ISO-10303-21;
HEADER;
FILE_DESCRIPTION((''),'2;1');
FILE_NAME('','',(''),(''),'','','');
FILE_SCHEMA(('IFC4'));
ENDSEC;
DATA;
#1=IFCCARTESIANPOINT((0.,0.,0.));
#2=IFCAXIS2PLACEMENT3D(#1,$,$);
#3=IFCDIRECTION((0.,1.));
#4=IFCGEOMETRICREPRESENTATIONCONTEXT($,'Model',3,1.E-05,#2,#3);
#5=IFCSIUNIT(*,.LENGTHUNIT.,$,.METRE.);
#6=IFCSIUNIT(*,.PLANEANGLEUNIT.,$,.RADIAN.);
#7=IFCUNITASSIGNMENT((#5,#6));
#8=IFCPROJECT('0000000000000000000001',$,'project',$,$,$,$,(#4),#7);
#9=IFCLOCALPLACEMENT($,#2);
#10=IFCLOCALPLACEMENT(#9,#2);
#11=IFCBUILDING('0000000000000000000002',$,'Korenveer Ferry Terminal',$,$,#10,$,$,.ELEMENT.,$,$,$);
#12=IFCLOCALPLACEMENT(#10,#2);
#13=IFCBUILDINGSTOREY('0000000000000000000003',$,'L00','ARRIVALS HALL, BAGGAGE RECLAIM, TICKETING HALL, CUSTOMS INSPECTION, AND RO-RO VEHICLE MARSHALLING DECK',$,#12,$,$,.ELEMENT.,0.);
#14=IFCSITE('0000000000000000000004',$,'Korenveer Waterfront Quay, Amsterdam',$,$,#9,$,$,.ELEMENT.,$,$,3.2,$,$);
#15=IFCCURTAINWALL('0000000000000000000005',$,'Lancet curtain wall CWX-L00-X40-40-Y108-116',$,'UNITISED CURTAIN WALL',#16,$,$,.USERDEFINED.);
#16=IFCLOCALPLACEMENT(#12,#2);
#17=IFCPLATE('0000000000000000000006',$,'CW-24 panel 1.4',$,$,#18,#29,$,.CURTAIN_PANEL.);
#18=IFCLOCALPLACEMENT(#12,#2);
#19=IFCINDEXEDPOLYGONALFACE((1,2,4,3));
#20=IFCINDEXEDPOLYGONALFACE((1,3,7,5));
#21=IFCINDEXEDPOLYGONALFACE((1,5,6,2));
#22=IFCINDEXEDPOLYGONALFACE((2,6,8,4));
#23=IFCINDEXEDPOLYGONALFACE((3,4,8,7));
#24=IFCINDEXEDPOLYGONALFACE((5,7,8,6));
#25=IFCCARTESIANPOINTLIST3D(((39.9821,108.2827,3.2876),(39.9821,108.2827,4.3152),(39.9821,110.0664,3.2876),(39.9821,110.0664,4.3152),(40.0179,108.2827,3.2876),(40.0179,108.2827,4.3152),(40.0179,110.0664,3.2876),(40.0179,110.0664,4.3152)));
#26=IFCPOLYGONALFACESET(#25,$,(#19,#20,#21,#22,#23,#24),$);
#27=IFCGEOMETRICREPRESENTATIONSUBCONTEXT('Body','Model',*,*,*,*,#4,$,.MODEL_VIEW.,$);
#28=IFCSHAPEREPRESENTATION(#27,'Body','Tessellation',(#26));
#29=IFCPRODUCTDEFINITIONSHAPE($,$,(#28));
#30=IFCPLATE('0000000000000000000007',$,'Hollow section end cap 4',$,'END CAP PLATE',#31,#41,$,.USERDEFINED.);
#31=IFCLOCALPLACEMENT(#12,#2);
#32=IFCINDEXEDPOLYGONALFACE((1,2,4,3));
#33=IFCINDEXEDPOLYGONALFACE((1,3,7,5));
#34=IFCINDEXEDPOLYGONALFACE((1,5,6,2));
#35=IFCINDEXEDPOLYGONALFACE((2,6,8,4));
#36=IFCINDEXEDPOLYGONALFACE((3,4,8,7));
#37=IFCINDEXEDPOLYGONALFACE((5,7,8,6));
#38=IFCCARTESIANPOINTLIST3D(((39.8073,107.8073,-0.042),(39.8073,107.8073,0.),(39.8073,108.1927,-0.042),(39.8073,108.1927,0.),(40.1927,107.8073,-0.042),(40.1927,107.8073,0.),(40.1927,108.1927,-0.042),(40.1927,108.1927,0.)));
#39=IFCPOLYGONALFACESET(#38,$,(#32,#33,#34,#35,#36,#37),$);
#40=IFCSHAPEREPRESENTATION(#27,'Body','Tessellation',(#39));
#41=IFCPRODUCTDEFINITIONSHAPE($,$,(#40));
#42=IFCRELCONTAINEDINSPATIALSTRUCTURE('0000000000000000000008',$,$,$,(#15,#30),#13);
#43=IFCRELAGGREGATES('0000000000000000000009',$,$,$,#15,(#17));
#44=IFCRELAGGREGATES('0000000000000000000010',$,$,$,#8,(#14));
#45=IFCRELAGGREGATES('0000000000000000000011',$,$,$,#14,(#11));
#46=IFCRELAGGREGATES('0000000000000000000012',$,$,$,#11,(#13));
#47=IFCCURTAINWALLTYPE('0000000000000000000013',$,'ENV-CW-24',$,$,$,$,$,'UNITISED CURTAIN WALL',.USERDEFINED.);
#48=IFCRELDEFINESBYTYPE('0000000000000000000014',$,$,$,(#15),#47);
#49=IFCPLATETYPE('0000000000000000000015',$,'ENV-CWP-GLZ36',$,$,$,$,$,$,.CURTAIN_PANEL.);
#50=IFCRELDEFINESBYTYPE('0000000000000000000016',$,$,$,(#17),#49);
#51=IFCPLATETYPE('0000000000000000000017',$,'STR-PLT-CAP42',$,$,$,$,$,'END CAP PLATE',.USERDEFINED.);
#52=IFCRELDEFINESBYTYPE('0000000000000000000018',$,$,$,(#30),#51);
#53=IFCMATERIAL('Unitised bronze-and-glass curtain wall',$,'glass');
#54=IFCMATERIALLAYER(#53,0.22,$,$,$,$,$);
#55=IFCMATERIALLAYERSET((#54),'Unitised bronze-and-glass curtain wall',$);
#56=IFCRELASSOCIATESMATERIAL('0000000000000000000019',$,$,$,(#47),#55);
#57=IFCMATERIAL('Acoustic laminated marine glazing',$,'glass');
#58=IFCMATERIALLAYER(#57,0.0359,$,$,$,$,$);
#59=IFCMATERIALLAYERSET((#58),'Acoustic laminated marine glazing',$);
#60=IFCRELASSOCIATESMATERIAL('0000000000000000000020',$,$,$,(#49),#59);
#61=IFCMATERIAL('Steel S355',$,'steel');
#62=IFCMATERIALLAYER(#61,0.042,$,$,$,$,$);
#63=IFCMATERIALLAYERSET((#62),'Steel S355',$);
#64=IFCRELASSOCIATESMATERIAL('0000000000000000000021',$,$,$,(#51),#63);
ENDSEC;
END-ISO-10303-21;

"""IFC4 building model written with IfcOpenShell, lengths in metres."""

from ifc_helpers import new_model, si_unit, direction, frame, origin, origin_2d, place, context, subcontext, project, spatial, rectangle, extrude, material, layer, layer_set, type_object, element, aggregate, save


model = new_model("IFC4")

# Units and contexts
model_context = context("Model", 3, precision=1e-05, world=origin(), true_north=direction((0.0, 1.0)))
body_context = subcontext(model_context, "Body", "Model", "MODEL_VIEW")
ifc_project = project(units=[si_unit("LENGTHUNIT", "METRE"), si_unit("PLANEANGLEUNIT", "RADIAN")], contexts=[model_context])

# Site, building, storey
site_placement = place(None, origin())
site = spatial("IfcSite", under=ifc_project, at=site_placement, Name="Korenveer Waterfront Quay, Amsterdam", CompositionType="ELEMENT", RefElevation=3.2)
building_placement = place(site_placement, origin())
building = spatial("IfcBuilding", under=site, at=building_placement, Name="Korenveer Ferry Terminal", CompositionType="ELEMENT")
storey_placement = place(building_placement, origin())
storey = spatial("IfcBuildingStorey", under=building, at=storey_placement, Name="L00", Description="ARRIVALS HALL, BAGGAGE RECLAIM, TICKETING HALL, CUSTOMS INSPECTION, AND RO-RO VEHICLE MARSHALLING DECK", CompositionType="ELEMENT", Elevation=0.0)

# Shared definitions
ifc_material_1 = material(Name="Steel S355", Category="steel")

# Shared definitions
ifc_material_2 = material(Name="Unitised bronze-and-glass curtain wall", Category="glass")

# Curtain wall
ifc_layer_1 = layer(ifc_material_2, 0.22)
ifc_layer_set_1 = layer_set([ifc_layer_1], Name="Unitised bronze-and-glass curtain wall")
curtain_wall_type_1 = type_object("IfcCurtainWallType", Name="ENV-CW-24", ElementType="UNITISED CURTAIN WALL", PredefinedType="USERDEFINED", material=ifc_layer_set_1)
curtain_wall_1_placement = place(storey_placement, frame((40.0, 108.2078, 0.0)))
curtain_wall_1 = element("IfcCurtainWall", 1, at=curtain_wall_1_placement, inside=storey, type_object=curtain_wall_type_1, Name="Lancet curtain wall CWX-L00-X40-40-Y108-116", ObjectType="UNITISED CURTAIN WALL", PredefinedType="USERDEFINED")

# Plates
ifc_material_3 = material(Name="Acoustic laminated marine glazing", Category="glass")
ifc_layer_2 = layer(ifc_material_3, 0.0359)
ifc_layer_set_2 = layer_set([ifc_layer_2], Name="Acoustic laminated marine glazing")
plate_type_1 = type_object("IfcPlateType", Name="ENV-CWP-GLZ36", PredefinedType="CURTAIN_PANEL", material=ifc_layer_set_2)
plate_1_placement = place(storey_placement, frame((40.0, 109.1746, 3.2876), z_axis=(0.0, 0.0, 1.0), x_axis=(0.0, 1.0, 0.0)))
plate_1 = element("IfcPlate", 2, at=plate_1_placement, type_object=plate_type_1, Name="CW-24 panel 1.4", PredefinedType="CURTAIN_PANEL", context=body_context, shape_type="SweptSolid", body=[
    extrude(rectangle(XDim=1.7837, YDim=0.0359, at=origin_2d()), origin(), (0.0, 0.0, 1.0), 1.0276),
])
aggregate(curtain_wall_1, [plate_1])
ifc_layer_3 = layer(ifc_material_1, 0.042)
ifc_layer_set_3 = layer_set([ifc_layer_3], Name="Steel S355")
plate_type_2 = type_object("IfcPlateType", Name="STR-PLT-CAP42", ElementType="END CAP PLATE", PredefinedType="USERDEFINED", material=ifc_layer_set_3)
plate_2_placement = place(storey_placement, frame((40.0, 108.0, -0.042), z_axis=(0.0, 0.0, 1.0), x_axis=(1.0, 0.0, 0.0)))
element("IfcPlate", 3, at=plate_2_placement, inside=storey, type_object=plate_type_2, Name="Hollow section end cap 4", ObjectType="END CAP PLATE", PredefinedType="USERDEFINED", context=body_context, shape_type="SweptSolid", body=[
    extrude(rectangle(XDim=0.3855, YDim=0.3855, at=origin_2d()), origin(), (0.0, 0.0, 1.0), 0.042),
])

save(model, "model.ifc")
